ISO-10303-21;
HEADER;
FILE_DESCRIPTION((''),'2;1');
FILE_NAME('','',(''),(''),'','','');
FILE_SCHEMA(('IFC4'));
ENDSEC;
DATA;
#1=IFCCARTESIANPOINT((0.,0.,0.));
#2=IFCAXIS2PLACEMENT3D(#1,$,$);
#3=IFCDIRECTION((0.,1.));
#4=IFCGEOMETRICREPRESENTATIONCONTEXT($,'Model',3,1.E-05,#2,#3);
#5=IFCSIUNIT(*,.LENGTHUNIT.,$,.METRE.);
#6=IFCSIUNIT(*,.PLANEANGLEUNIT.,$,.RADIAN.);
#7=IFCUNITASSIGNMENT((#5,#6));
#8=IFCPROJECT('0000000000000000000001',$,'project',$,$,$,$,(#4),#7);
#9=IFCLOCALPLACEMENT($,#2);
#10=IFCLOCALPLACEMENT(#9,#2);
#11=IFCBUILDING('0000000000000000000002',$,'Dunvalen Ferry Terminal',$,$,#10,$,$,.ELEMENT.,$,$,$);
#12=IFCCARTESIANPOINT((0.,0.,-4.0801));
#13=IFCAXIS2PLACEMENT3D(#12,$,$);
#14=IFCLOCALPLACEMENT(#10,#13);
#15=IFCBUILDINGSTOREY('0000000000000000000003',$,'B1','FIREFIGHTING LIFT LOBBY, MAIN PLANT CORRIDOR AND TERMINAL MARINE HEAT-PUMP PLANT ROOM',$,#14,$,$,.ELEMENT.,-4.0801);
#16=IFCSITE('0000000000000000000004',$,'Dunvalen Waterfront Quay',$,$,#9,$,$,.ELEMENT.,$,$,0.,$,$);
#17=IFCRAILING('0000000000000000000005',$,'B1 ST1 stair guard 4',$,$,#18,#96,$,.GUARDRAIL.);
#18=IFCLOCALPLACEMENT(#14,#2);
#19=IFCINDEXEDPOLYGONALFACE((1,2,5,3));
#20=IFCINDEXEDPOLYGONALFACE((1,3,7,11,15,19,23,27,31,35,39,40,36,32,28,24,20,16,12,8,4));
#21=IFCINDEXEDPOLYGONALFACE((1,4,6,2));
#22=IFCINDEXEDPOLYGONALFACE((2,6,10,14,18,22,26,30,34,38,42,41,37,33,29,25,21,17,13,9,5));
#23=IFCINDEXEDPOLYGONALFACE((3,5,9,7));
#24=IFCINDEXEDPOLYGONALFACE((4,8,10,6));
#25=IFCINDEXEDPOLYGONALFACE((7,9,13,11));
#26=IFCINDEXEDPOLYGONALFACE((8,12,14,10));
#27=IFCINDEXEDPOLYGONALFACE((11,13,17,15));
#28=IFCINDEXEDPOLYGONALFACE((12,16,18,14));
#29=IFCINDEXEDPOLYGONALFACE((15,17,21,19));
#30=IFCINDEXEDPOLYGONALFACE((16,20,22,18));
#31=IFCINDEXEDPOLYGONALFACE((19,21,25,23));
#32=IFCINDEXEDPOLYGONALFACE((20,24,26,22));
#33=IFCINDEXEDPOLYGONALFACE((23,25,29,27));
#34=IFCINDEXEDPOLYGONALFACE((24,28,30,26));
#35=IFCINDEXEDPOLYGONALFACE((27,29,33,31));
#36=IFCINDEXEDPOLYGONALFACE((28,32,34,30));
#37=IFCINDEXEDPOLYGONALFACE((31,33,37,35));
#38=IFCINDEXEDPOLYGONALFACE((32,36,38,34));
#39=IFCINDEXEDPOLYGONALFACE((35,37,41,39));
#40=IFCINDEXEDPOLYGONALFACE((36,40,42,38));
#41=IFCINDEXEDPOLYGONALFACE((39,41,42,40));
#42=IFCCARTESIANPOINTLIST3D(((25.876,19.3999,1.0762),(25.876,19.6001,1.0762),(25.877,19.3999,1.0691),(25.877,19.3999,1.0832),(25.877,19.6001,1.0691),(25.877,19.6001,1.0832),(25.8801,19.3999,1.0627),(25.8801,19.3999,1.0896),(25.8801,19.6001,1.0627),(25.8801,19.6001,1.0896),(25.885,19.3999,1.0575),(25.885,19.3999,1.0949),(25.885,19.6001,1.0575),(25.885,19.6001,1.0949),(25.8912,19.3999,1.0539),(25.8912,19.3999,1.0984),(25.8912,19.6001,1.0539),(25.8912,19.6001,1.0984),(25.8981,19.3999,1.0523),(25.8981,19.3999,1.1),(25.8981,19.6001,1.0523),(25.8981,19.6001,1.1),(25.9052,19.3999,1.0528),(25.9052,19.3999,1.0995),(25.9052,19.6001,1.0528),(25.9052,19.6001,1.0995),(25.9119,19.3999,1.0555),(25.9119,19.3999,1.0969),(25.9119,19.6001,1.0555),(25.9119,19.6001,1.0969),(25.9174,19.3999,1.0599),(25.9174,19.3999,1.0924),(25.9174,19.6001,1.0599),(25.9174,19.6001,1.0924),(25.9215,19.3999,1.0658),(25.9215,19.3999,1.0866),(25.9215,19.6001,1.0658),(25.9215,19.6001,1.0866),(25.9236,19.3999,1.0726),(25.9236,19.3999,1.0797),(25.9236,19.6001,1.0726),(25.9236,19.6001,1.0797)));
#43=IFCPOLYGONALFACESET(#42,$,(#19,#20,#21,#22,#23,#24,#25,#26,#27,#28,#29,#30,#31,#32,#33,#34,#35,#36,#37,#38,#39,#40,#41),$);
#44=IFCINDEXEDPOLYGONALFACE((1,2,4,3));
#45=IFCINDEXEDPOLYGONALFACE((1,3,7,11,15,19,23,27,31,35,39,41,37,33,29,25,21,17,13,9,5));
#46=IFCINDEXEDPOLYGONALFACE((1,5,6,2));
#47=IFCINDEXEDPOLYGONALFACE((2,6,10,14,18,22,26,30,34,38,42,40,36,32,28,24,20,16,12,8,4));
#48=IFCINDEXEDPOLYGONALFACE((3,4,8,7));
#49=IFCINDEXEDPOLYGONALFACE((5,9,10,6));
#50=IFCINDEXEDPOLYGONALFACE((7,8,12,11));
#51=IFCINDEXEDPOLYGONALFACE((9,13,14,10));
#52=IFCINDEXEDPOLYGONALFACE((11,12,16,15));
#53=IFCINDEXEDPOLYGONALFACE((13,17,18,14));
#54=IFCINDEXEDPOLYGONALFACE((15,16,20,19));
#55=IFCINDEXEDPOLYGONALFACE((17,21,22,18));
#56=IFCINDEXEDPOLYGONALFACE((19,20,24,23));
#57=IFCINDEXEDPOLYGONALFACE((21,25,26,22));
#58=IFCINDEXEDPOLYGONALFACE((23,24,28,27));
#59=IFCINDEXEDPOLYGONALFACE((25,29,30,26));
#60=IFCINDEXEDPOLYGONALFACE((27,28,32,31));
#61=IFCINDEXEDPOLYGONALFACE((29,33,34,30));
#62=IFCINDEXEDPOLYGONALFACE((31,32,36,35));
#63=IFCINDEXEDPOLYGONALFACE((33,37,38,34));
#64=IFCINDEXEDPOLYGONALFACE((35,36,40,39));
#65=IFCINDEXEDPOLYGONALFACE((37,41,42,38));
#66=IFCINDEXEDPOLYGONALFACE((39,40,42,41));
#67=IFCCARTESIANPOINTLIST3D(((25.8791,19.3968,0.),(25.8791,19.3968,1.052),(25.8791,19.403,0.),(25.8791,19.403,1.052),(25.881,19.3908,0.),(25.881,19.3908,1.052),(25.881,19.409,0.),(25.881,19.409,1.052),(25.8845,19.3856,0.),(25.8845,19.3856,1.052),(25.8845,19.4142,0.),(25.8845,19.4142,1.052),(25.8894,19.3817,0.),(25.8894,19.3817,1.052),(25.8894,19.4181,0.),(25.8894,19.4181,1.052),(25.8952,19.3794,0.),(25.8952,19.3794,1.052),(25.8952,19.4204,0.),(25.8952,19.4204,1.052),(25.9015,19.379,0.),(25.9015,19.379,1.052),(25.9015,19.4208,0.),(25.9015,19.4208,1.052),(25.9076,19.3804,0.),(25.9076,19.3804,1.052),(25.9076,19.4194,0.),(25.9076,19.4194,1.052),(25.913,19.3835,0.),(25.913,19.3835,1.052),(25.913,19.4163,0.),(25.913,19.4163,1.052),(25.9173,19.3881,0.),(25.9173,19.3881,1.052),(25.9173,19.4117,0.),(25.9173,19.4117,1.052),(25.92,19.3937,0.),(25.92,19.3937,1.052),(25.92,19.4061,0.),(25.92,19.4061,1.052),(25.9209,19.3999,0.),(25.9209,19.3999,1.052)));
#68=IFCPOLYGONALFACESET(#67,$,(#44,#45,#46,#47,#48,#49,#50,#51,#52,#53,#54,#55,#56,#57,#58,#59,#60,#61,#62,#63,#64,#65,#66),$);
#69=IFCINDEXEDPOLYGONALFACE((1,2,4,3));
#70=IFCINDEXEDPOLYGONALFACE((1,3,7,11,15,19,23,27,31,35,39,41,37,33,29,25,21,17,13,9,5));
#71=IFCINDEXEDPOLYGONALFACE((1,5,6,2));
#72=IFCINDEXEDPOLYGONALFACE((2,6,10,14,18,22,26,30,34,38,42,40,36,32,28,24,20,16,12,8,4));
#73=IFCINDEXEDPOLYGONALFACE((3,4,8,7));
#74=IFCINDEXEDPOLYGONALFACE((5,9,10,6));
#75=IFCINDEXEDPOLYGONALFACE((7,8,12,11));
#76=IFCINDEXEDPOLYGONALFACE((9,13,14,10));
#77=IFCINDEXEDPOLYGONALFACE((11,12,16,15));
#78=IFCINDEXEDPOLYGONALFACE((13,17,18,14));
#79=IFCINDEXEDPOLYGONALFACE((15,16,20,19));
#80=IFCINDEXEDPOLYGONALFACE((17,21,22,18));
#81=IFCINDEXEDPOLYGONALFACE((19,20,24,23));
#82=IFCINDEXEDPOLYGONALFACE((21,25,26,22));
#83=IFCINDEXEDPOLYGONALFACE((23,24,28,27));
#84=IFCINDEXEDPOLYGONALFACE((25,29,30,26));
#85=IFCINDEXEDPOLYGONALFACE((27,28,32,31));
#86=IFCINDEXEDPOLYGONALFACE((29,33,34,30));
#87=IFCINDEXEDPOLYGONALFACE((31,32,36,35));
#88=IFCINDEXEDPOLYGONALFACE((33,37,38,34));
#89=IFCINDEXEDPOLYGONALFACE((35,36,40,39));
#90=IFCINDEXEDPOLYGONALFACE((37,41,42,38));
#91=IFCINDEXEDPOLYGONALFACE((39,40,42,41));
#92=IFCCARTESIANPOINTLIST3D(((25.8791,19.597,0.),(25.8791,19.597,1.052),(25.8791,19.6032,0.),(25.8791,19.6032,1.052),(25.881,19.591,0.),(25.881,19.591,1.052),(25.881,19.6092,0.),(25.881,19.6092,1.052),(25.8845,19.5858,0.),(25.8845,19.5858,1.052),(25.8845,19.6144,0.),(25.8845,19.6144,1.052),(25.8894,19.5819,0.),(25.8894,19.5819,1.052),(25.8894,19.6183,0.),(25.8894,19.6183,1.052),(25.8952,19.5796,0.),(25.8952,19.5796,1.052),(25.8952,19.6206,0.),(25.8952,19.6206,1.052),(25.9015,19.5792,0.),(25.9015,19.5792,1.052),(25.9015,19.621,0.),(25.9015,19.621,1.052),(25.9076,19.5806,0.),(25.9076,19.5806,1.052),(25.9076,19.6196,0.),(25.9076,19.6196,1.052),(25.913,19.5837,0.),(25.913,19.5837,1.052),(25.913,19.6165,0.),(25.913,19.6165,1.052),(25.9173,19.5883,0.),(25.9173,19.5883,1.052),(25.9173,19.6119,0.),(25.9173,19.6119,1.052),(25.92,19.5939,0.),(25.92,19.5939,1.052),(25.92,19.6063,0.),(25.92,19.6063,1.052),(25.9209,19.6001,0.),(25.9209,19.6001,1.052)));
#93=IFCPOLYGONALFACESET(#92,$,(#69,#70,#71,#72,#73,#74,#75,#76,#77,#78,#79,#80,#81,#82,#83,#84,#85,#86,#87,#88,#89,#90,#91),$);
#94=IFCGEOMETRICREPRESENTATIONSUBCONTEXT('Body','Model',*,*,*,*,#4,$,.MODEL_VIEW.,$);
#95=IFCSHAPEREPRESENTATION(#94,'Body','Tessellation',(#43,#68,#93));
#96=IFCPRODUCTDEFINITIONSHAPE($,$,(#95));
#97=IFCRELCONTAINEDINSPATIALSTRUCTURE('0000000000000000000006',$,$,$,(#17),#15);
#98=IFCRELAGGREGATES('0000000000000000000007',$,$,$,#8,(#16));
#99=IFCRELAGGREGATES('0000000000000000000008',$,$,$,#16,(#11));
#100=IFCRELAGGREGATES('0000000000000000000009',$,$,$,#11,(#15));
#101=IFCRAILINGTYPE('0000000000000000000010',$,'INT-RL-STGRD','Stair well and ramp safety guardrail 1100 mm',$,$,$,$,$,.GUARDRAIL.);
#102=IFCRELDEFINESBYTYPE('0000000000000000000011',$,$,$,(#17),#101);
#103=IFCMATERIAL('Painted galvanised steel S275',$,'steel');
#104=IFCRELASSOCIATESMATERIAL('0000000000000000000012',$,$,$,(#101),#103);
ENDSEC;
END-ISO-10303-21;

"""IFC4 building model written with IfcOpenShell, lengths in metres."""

from ifc_helpers import new_model, si_unit, direction, frame, origin, origin_2d, place, context, subcontext, project, spatial, circle, extrude, material, type_object, element, save


model = new_model("IFC4")

# Units and contexts
model_context = context("Model", 3, precision=1e-05, world=origin(), true_north=direction((0.0, 1.0)))
body_context = subcontext(model_context, "Body", "Model", "MODEL_VIEW")
ifc_project = project(units=[si_unit("LENGTHUNIT", "METRE"), si_unit("PLANEANGLEUNIT", "RADIAN")], contexts=[model_context])

# Site, building, storey
site_placement = place(None, origin())
site = spatial("IfcSite", under=ifc_project, at=site_placement, Name="Dunvalen Waterfront Quay", CompositionType="ELEMENT", RefElevation=0.0)
building_placement = place(site_placement, origin())
building = spatial("IfcBuilding", under=site, at=building_placement, Name="Dunvalen Ferry Terminal", CompositionType="ELEMENT")
storey_placement = place(building_placement, frame((0.0, 0.0, -4.0801)))
storey = spatial("IfcBuildingStorey", under=building, at=storey_placement, Name="B1", Description="FIREFIGHTING LIFT LOBBY, MAIN PLANT CORRIDOR AND TERMINAL MARINE HEAT-PUMP PLANT ROOM", CompositionType="ELEMENT", Elevation=-4.0801)

# Railing
ifc_material_1 = material(Name="Painted galvanised steel S275", Category="steel")
railing_type_1 = type_object("IfcRailingType", Name="INT-RL-STGRD", Description="Stair well and ramp safety guardrail 1100 mm", PredefinedType="GUARDRAIL", material=ifc_material_1)
railing_1_placement = place(storey_placement, frame((25.8999, 19.3999, 0.0)))
element("IfcRailing", 1, at=railing_1_placement, inside=storey, type_object=railing_type_1, Name="B1 ST1 stair guard 4", PredefinedType="GUARDRAIL", context=body_context, shape_type="SweptSolid", body=[
    extrude(circle(Radius=0.0239, at=origin_2d()), frame((0.0, 0.0, 1.0762), z_axis=(0.0, 1.0, 0.0), x_axis=(-1.0, 0.0, 0.0)), (0.0, 0.0, 1.0), 0.2002),
    extrude(circle(Radius=0.021, at=origin_2d()), origin(), (0.0, 0.0, 1.0), 1.052),
    extrude(circle(Radius=0.021, at=origin_2d()), frame((0.0, 0.2002, 0.0)), (0.0, 0.0, 1.0), 1.052),
])

save(model, "model.ifc")
